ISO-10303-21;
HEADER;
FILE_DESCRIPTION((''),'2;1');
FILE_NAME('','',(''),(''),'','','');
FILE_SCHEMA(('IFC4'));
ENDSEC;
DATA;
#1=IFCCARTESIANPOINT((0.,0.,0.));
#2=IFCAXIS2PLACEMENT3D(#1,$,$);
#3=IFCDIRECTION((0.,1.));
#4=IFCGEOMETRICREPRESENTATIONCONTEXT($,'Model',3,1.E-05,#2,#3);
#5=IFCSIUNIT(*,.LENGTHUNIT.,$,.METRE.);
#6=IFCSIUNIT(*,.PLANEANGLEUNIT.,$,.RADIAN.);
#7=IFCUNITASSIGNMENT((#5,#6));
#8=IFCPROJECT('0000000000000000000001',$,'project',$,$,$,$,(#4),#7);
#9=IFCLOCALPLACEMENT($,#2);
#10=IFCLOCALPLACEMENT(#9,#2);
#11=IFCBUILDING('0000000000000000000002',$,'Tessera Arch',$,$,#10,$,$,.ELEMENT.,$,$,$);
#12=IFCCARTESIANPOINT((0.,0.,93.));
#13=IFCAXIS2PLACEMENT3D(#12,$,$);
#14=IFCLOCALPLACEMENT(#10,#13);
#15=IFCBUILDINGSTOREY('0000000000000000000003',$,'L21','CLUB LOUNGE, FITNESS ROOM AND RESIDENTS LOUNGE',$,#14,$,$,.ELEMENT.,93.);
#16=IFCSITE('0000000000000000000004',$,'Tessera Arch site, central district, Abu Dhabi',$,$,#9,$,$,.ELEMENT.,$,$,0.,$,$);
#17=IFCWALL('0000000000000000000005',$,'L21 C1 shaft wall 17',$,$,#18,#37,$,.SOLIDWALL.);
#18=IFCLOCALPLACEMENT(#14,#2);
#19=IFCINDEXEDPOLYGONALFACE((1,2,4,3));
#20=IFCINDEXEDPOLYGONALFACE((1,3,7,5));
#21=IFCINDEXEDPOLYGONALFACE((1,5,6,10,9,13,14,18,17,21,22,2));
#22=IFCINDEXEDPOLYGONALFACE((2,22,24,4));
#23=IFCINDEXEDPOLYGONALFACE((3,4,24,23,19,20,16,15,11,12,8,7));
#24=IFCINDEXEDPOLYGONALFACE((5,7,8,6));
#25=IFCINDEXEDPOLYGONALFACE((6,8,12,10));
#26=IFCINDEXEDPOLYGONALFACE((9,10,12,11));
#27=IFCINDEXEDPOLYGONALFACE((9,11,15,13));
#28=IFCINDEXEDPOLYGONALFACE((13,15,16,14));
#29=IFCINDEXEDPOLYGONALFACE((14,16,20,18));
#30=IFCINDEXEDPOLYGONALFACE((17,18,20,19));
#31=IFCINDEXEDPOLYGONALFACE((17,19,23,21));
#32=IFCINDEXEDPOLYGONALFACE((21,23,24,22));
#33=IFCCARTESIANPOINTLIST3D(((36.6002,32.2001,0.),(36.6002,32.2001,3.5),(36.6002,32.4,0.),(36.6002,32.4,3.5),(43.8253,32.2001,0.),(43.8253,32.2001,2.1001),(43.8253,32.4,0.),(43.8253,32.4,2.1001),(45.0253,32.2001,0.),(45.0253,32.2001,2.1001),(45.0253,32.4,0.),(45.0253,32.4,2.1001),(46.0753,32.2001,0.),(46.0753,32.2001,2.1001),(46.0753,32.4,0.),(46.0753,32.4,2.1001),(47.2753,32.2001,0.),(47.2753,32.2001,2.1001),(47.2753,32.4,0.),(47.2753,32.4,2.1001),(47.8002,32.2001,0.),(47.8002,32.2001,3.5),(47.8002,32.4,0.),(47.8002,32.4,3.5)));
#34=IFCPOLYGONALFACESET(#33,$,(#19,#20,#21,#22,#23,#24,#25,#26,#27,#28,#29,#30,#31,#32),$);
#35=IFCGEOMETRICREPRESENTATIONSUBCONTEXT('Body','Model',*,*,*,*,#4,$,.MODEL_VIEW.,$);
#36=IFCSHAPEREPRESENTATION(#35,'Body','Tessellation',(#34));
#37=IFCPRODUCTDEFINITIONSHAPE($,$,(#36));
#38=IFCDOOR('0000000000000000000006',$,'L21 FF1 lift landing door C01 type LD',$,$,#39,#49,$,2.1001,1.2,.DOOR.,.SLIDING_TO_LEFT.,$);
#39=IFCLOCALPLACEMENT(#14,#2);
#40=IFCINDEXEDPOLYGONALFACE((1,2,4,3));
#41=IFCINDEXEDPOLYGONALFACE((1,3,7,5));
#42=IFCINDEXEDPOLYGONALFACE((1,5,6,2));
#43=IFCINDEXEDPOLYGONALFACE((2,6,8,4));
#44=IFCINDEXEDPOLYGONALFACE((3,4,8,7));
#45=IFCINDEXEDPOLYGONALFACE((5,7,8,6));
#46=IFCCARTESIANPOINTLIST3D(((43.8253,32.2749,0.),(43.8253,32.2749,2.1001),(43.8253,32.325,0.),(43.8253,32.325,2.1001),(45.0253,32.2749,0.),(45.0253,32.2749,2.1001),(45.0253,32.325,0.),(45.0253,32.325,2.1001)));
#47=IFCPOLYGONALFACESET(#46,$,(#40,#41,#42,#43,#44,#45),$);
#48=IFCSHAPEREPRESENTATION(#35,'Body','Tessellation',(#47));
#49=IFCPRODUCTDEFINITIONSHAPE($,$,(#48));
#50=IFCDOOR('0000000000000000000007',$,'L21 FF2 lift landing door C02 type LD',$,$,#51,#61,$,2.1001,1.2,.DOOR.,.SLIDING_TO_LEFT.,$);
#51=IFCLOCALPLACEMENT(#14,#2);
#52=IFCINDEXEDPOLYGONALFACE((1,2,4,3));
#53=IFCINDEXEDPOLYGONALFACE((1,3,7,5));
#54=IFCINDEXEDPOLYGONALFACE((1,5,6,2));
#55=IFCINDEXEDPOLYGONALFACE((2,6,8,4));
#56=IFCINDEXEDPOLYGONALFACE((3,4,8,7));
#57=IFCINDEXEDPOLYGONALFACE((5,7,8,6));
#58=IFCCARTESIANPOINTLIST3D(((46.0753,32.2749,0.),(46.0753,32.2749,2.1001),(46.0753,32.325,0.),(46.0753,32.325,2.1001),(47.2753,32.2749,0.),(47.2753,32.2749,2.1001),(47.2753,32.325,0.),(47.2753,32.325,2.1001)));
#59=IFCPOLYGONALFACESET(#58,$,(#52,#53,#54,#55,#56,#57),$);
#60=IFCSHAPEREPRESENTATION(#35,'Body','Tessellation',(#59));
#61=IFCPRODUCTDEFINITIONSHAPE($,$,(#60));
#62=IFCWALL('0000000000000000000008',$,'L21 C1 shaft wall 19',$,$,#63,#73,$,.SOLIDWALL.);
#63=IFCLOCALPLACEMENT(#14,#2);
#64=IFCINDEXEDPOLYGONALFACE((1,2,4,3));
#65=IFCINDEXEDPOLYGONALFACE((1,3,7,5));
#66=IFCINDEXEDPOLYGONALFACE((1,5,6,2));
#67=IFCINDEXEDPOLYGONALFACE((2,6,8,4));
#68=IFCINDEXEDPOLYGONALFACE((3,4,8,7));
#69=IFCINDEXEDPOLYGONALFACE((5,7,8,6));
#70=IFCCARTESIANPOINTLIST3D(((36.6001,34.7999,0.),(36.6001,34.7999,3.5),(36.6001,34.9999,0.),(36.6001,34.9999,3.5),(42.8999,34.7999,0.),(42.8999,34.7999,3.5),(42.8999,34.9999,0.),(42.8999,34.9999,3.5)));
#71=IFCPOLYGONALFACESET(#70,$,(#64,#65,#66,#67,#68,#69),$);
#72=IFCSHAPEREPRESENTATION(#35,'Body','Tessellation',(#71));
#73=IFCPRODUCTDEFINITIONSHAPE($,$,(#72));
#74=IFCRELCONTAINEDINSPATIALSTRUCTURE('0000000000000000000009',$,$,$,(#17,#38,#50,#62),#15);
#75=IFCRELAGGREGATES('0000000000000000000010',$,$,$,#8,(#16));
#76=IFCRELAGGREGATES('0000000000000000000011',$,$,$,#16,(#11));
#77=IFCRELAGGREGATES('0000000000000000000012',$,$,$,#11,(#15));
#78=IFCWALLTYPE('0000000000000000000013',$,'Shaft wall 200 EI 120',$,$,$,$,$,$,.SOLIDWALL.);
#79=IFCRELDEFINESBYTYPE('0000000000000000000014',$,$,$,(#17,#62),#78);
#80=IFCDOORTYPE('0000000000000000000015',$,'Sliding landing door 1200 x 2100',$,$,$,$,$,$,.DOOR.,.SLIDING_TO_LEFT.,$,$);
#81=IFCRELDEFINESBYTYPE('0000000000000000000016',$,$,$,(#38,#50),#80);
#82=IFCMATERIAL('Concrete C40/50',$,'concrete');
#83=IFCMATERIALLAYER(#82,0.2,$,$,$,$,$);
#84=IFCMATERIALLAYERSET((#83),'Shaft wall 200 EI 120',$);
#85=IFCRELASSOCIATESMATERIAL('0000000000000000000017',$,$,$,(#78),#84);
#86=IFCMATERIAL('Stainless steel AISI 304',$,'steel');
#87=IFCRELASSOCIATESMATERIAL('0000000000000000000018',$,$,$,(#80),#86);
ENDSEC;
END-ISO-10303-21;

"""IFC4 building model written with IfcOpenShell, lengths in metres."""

from ifc_helpers import new_model, si_unit, direction, frame, frame_2d, origin, place, context, subcontext, project, spatial, rectangle, extrude, material, layer, layer_set, type_object, element, fill, save


model = new_model("IFC4")

# Units and contexts
model_context = context("Model", 3, precision=1e-05, world=origin(), true_north=direction((0.0, 1.0)))
body_context = subcontext(model_context, "Body", "Model", "MODEL_VIEW")
ifc_project = project(units=[si_unit("LENGTHUNIT", "METRE"), si_unit("PLANEANGLEUNIT", "RADIAN")], contexts=[model_context])

# Site, building, storey
site_placement = place(None, origin())
site = spatial("IfcSite", under=ifc_project, at=site_placement, Name="Tessera Arch site, central district, Abu Dhabi", CompositionType="ELEMENT", RefElevation=0.0)
building_placement = place(site_placement, origin())
building = spatial("IfcBuilding", under=site, at=building_placement, Name="Tessera Arch", CompositionType="ELEMENT")
storey_placement = place(building_placement, frame((0.0, 0.0, 93.0)))
storey = spatial("IfcBuildingStorey", under=building, at=storey_placement, Name="L21", Description="CLUB LOUNGE, FITNESS ROOM AND RESIDENTS LOUNGE", CompositionType="ELEMENT", Elevation=93.0)

# Shared definitions
ifc_material_1 = material(Name="Concrete C40/50", Category="concrete")
ifc_layer_1 = layer(ifc_material_1, 0.2)
ifc_layer_set_1 = layer_set([ifc_layer_1], Name="Shaft wall 200 EI 120")
wall_type_1 = type_object("IfcWallType", Name="Shaft wall 200 EI 120", PredefinedType="SOLIDWALL", material=ifc_layer_set_1)

# Wall, openings, doors
wall_1_placement = place(storey_placement, frame((36.6001, 32.3, 0.0), z_axis=(0.0, 0.0, 1.0), x_axis=(1.0, 0.0, 0.0)))
wall_1 = element("IfcWall", 1, at=wall_1_placement, inside=storey, type_object=wall_type_1, Name="L21 C1 shaft wall 17", PredefinedType="SOLIDWALL", context=body_context, shape_type="SweptSolid", body=[
    extrude(rectangle(XDim=11.2, YDim=0.2, at=frame_2d((5.6001, 0.0))), origin(), (0.0, 0.0, 1.0), 3.5),
])
opening_1_placement = place(wall_1_placement, frame((7.2251, 0.0, 0.0)))
opening_1 = element("IfcOpeningElement", 2, at=opening_1_placement, cuts=wall_1, PredefinedType="OPENING", context=body_context, shape_type="SweptSolid", body=[
    extrude(rectangle(XDim=1.2, YDim=2.1001, at=frame_2d((0.6001, 1.05))), frame((0.0, 0.1099, 0.0), z_axis=(0.0, -1.0, 0.0), x_axis=(1.0, 0.0, 0.0)), (0.0, 0.0, 1.0), 0.22),
])
opening_2_placement = place(wall_1_placement, frame((9.4751, 0.0, 0.0)))
opening_2 = element("IfcOpeningElement", 3, at=opening_2_placement, cuts=wall_1, PredefinedType="OPENING", context=body_context, shape_type="SweptSolid", body=[
    extrude(rectangle(XDim=1.2, YDim=2.1001, at=frame_2d((0.6001, 1.05))), frame((0.0, 0.1099, 0.0), z_axis=(0.0, -1.0, 0.0), x_axis=(1.0, 0.0, 0.0)), (0.0, 0.0, 1.0), 0.22),
])
ifc_material_2 = material(Name="Stainless steel AISI 304", Category="steel")
door_type_1 = type_object("IfcDoorType", Name="Sliding landing door 1200 x 2100", OperationType="SLIDING_TO_LEFT", PredefinedType="DOOR", material=ifc_material_2)
door_1_placement = place(opening_1_placement, origin())
door_1 = element("IfcDoor", 4, at=door_1_placement, inside=storey, type_object=door_type_1, Name="L21 FF1 lift landing door C01 type LD", OperationType="SLIDING_TO_LEFT", OverallHeight=2.1001, OverallWidth=1.2, PredefinedType="DOOR", context=body_context, shape_type="SweptSolid", body=[
    extrude(rectangle(XDim=1.2, YDim=2.1001, at=frame_2d((0.6001, 1.05))), frame((0.0, 0.0249, 0.0), z_axis=(0.0, -1.0, 0.0), x_axis=(1.0, 0.0, 0.0)), (0.0, 0.0, 1.0), 0.05),
])
fill(opening_1, door_1)
door_2_placement = place(opening_2_placement, origin())
door_2 = element("IfcDoor", 5, at=door_2_placement, inside=storey, type_object=door_type_1, Name="L21 FF2 lift landing door C02 type LD", OperationType="SLIDING_TO_LEFT", OverallHeight=2.1001, OverallWidth=1.2, PredefinedType="DOOR", context=body_context, shape_type="SweptSolid", body=[
    extrude(rectangle(XDim=1.2, YDim=2.1001, at=frame_2d((0.6001, 1.05))), frame((0.0, 0.0249, 0.0), z_axis=(0.0, -1.0, 0.0), x_axis=(1.0, 0.0, 0.0)), (0.0, 0.0, 1.0), 0.05),
])
fill(opening_2, door_2)

# Wall
wall_2_placement = place(storey_placement, frame((36.6001, 34.8999, 0.0), z_axis=(0.0, 0.0, 1.0), x_axis=(1.0, 0.0, 0.0)))
element("IfcWall", 6, at=wall_2_placement, inside=storey, type_object=wall_type_1, Name="L21 C1 shaft wall 19", PredefinedType="SOLIDWALL", context=body_context, shape_type="SweptSolid", body=[
    extrude(rectangle(XDim=6.2998, YDim=0.2, at=frame_2d((3.1499, 0.0))), origin(), (0.0, 0.0, 1.0), 3.5),
])

save(model, "model.ifc")
